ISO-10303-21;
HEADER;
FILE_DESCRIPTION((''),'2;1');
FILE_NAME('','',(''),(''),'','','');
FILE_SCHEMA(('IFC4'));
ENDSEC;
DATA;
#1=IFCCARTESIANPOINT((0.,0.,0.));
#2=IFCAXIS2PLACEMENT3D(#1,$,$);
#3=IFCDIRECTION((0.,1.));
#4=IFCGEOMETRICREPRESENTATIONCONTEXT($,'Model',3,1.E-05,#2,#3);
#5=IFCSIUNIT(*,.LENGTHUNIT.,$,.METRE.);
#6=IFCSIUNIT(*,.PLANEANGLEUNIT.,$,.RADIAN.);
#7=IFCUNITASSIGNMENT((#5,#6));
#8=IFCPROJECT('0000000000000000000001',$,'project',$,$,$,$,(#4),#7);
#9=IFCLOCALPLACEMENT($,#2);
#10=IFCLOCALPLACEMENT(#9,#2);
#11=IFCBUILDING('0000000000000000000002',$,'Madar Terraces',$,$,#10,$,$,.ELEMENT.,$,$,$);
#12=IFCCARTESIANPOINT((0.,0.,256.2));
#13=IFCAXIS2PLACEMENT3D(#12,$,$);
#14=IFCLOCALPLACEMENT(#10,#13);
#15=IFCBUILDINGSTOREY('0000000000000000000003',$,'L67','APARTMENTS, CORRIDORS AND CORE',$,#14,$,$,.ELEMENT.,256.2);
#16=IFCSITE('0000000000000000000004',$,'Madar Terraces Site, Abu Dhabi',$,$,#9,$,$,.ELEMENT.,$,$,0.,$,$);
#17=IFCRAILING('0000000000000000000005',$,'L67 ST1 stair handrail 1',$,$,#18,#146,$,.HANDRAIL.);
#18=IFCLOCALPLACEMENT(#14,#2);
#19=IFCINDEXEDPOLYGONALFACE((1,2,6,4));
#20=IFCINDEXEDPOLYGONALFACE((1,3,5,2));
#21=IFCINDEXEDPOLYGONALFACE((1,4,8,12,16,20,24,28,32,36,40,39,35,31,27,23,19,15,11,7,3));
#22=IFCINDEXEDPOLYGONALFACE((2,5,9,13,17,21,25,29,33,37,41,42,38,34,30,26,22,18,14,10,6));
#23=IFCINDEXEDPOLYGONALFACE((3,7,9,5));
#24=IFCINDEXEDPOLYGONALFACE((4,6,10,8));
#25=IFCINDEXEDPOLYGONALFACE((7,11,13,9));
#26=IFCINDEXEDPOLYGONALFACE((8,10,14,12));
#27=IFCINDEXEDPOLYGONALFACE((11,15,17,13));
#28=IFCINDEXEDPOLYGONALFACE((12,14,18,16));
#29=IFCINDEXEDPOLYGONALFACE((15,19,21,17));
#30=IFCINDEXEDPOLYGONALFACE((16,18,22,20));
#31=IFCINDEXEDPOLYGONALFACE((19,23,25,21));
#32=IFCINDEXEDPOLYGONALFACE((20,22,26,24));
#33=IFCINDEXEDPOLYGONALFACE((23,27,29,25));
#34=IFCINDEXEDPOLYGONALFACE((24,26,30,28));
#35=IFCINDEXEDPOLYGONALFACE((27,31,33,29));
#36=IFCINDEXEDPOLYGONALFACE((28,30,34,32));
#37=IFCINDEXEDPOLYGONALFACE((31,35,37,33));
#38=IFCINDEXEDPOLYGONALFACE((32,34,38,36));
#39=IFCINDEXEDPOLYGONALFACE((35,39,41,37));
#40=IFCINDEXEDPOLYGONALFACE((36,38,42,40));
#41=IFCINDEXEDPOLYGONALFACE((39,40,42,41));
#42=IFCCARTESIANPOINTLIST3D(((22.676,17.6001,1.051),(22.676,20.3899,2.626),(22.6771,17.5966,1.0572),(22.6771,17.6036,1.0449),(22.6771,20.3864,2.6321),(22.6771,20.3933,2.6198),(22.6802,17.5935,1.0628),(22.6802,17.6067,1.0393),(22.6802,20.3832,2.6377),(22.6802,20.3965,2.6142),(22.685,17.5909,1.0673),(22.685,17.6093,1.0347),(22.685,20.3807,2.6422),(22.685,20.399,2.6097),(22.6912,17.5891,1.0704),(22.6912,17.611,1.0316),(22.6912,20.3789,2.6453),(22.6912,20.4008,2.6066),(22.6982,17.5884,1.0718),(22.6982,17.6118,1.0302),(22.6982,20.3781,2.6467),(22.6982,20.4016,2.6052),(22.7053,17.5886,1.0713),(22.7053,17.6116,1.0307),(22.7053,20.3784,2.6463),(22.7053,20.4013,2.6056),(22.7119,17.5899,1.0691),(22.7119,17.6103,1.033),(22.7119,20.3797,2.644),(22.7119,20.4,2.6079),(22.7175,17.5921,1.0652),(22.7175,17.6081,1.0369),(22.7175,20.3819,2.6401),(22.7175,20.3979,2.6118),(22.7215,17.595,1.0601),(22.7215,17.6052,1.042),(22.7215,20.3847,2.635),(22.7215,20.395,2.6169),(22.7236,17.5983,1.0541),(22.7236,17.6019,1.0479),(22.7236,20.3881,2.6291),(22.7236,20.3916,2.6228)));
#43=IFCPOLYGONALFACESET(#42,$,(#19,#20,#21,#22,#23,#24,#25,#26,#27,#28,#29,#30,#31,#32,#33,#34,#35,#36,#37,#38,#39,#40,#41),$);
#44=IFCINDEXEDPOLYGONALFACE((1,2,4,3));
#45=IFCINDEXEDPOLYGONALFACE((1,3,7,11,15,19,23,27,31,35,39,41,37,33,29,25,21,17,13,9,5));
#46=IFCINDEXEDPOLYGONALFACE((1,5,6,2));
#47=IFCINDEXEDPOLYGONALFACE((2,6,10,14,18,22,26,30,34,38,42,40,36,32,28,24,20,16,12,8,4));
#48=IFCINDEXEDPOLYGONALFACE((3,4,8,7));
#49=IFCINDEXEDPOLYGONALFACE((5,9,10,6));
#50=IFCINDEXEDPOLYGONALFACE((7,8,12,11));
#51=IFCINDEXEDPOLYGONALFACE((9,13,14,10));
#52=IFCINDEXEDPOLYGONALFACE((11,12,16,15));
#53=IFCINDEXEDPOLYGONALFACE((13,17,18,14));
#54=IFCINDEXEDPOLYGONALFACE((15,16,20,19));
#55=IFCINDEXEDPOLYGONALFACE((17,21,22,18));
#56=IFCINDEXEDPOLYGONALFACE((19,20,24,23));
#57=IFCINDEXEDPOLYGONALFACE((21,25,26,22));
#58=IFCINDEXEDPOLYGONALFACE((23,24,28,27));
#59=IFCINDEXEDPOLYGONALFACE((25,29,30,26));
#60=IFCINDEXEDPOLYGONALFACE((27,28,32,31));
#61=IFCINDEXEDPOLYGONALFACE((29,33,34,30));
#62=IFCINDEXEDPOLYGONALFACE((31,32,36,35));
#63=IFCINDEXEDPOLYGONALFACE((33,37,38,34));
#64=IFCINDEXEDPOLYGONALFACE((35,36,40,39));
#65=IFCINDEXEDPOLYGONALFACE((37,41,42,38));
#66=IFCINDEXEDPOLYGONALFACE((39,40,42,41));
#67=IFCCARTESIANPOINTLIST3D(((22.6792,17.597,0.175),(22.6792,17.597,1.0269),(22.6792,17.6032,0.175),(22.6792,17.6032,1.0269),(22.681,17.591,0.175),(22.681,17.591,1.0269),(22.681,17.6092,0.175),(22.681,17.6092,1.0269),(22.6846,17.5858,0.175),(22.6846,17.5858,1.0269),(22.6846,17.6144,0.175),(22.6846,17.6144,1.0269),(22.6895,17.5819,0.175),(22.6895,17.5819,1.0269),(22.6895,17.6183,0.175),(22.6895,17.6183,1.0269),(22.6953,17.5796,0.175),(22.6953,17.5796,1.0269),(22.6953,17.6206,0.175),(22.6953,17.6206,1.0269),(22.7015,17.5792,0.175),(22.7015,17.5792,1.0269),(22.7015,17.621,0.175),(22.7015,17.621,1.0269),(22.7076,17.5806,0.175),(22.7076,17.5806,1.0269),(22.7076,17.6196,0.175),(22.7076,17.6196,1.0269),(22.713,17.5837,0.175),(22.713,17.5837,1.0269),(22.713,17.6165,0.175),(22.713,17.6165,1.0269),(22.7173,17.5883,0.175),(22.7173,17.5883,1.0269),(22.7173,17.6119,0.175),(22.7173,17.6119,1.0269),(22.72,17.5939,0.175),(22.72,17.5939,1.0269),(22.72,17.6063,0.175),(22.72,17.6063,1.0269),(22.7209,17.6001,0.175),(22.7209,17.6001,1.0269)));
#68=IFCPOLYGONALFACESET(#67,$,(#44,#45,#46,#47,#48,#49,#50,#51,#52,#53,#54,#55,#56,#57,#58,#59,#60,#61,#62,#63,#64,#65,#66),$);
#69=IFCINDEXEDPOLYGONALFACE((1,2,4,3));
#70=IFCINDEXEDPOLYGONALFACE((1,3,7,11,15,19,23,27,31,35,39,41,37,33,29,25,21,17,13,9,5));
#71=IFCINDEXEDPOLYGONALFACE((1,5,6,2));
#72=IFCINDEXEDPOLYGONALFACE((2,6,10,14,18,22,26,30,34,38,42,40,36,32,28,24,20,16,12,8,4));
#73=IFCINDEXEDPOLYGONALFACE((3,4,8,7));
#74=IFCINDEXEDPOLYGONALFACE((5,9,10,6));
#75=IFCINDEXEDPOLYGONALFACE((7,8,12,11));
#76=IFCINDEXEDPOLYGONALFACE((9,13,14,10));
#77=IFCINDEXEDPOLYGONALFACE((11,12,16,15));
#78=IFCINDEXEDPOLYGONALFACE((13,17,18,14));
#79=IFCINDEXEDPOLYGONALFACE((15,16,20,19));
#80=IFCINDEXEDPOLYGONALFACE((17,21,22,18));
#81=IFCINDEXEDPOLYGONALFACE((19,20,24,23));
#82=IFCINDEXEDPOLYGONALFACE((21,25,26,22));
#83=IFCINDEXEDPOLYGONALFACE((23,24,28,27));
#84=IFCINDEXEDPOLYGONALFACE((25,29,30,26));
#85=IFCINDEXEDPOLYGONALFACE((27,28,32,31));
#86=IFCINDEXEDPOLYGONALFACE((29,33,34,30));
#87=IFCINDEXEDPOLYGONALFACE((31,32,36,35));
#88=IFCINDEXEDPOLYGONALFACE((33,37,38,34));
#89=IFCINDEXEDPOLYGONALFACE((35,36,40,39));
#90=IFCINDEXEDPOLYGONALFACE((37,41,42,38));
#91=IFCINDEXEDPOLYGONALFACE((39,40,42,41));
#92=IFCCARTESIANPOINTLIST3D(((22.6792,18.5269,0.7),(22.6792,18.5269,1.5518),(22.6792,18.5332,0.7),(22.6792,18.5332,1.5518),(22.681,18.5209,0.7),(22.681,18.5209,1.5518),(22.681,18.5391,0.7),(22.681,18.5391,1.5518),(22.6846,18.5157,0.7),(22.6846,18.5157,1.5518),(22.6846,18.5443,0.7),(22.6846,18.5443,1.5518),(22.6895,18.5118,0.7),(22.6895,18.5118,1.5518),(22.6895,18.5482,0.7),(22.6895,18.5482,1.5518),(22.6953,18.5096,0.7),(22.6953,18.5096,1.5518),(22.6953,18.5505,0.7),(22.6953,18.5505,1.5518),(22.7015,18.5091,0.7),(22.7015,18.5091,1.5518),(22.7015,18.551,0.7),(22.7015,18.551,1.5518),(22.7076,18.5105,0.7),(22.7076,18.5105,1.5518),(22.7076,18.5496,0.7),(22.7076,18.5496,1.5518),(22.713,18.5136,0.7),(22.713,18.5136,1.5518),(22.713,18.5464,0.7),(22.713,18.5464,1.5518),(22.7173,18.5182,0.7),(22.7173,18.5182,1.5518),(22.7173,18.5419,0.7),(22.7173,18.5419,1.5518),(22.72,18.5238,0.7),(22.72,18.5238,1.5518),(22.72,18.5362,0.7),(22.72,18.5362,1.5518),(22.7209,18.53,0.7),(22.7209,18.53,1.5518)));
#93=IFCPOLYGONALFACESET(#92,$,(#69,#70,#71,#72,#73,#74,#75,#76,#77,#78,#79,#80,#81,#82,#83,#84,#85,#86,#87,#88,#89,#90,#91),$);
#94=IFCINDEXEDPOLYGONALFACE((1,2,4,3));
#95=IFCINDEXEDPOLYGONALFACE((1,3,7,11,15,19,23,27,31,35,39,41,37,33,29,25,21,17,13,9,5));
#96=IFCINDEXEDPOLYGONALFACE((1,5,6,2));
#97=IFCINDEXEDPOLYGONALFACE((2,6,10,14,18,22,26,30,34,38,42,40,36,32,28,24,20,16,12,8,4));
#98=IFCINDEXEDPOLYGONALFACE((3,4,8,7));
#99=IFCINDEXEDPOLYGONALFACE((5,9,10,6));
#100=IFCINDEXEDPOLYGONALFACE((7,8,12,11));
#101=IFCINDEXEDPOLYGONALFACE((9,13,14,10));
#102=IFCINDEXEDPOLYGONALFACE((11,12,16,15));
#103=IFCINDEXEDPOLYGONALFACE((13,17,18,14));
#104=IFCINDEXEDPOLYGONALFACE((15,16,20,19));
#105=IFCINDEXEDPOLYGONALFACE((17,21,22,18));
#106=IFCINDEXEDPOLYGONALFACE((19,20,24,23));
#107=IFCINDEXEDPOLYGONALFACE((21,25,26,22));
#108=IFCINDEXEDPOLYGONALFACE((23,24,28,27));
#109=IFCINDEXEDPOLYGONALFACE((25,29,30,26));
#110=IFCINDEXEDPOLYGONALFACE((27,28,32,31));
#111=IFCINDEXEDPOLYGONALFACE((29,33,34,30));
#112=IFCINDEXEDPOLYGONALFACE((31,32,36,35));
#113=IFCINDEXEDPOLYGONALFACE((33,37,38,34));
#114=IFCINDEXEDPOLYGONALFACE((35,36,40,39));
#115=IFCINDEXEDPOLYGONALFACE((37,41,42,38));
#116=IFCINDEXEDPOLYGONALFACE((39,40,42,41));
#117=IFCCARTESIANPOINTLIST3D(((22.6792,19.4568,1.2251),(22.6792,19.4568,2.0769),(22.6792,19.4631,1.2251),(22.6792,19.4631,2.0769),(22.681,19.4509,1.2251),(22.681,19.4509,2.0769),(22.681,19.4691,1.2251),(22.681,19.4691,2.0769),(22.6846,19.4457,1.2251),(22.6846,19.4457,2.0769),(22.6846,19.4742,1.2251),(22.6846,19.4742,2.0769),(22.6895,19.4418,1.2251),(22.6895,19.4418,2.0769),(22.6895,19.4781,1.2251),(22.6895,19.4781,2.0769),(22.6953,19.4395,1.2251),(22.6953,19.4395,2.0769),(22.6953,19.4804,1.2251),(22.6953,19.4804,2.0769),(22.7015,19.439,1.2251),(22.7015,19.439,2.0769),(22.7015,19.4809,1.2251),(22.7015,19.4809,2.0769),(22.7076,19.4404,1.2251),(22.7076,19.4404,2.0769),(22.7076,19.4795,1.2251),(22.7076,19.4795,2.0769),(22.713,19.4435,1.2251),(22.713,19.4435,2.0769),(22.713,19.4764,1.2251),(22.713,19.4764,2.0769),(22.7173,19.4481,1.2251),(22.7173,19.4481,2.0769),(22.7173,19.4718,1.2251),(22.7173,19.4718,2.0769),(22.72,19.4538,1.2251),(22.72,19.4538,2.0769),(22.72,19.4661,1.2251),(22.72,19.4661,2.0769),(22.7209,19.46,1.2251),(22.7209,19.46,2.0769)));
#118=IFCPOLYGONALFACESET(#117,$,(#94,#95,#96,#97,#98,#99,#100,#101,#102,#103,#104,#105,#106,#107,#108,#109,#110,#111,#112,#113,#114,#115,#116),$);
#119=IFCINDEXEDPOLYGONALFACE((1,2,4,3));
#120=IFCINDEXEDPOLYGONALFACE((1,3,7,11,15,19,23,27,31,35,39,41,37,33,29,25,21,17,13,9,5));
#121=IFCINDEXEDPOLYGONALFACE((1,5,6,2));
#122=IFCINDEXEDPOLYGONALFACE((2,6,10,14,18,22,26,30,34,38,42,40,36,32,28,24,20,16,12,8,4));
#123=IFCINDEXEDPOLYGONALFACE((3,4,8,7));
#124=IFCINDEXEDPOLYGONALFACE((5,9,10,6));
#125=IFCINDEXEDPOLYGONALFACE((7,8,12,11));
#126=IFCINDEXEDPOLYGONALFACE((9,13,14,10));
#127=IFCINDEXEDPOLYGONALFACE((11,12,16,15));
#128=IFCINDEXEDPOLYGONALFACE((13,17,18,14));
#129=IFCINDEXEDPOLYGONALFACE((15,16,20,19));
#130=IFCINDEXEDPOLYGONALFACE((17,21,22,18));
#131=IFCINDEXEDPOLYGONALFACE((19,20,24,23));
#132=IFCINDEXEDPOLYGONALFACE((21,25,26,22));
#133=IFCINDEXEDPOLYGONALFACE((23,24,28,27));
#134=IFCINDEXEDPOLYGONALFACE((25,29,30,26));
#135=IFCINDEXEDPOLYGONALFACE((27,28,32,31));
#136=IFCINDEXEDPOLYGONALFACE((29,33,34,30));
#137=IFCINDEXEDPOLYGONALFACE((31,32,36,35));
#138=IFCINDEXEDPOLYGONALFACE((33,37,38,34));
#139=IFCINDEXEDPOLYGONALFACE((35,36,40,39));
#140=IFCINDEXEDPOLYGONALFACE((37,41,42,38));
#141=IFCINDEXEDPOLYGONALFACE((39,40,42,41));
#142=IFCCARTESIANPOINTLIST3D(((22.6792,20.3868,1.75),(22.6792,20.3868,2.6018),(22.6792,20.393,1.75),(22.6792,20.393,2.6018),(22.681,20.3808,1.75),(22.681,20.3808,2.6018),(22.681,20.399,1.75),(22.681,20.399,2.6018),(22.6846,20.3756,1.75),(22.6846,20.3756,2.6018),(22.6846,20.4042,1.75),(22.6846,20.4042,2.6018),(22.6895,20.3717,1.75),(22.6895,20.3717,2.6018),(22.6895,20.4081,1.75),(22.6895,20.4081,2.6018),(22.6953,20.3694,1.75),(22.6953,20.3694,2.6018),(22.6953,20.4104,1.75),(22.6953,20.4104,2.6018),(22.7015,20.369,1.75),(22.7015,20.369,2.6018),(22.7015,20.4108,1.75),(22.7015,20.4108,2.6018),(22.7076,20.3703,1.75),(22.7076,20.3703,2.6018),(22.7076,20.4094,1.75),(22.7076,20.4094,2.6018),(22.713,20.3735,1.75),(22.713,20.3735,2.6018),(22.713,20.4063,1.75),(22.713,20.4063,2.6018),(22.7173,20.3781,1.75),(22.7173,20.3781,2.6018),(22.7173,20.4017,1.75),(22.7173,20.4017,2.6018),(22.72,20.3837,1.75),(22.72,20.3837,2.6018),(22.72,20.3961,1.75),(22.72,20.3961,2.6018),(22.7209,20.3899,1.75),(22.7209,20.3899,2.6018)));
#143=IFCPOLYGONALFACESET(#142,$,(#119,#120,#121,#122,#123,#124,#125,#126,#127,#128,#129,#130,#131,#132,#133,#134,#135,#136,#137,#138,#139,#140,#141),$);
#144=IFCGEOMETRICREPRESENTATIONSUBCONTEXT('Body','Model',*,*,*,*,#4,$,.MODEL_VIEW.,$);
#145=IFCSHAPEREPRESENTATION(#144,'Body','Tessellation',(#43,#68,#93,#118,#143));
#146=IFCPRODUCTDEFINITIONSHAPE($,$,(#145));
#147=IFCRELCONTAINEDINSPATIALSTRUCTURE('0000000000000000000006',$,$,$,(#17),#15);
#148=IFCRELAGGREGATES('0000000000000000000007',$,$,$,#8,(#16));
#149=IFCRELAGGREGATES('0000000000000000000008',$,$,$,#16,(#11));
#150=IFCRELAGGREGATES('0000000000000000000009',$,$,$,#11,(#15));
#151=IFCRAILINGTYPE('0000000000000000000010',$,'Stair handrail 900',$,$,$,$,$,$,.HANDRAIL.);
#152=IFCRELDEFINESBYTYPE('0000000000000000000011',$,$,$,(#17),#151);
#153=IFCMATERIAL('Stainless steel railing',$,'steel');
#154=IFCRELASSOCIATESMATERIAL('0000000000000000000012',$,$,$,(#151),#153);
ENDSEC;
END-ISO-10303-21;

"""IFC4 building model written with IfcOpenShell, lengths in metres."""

from ifc_helpers import new_model, si_unit, direction, frame, origin, origin_2d, place, context, subcontext, project, spatial, circle, extrude, material, type_object, element, save


model = new_model("IFC4")

# Units and contexts
model_context = context("Model", 3, precision=1e-05, world=origin(), true_north=direction((0.0, 1.0)))
body_context = subcontext(model_context, "Body", "Model", "MODEL_VIEW")
ifc_project = project(units=[si_unit("LENGTHUNIT", "METRE"), si_unit("PLANEANGLEUNIT", "RADIAN")], contexts=[model_context])

# Site, building, storey
site_placement = place(None, origin())
site = spatial("IfcSite", under=ifc_project, at=site_placement, Name="Madar Terraces Site, Abu Dhabi", CompositionType="ELEMENT", RefElevation=0.0)
building_placement = place(site_placement, origin())
building = spatial("IfcBuilding", under=site, at=building_placement, Name="Madar Terraces", CompositionType="ELEMENT")
storey_placement = place(building_placement, frame((0.0, 0.0, 256.2)))
storey = spatial("IfcBuildingStorey", under=building, at=storey_placement, Name="L67", Description="APARTMENTS, CORRIDORS AND CORE", CompositionType="ELEMENT", Elevation=256.2)

# Railing
ifc_material_1 = material(Name="Stainless steel railing", Category="steel")
railing_type_1 = type_object("IfcRailingType", Name="Stair handrail 900", PredefinedType="HANDRAIL", material=ifc_material_1)
railing_placement = place(storey_placement, frame((22.7, 17.6001, 0.175)))
element("IfcRailing", 1, at=railing_placement, inside=storey, type_object=railing_type_1, Name="L67 ST1 stair handrail 1", PredefinedType="HANDRAIL", context=body_context, shape_type="SweptSolid", body=[
    extrude(circle(Radius=0.0239, at=origin_2d()), frame((0.0, 0.0, 0.876), z_axis=(0.0, 0.870815, 0.49161), x_axis=(-1.0, 0.0, 0.0)), (0.0, 0.0, 1.0), 3.2036),
    extrude(circle(Radius=0.021, at=origin_2d()), origin(), (0.0, 0.0, 1.0), 0.8518),
    extrude(circle(Radius=0.021, at=origin_2d()), frame((0.0, 0.9299, 0.5249)), (0.0, 0.0, 1.0), 0.8518),
    extrude(circle(Radius=0.021, at=origin_2d()), frame((0.0, 1.8599, 1.05)), (0.0, 0.0, 1.0), 0.8518),
    extrude(circle(Radius=0.021, at=origin_2d()), frame((0.0, 2.7898, 1.575)), (0.0, 0.0, 1.0), 0.8518),
])

save(model, "model.ifc")
